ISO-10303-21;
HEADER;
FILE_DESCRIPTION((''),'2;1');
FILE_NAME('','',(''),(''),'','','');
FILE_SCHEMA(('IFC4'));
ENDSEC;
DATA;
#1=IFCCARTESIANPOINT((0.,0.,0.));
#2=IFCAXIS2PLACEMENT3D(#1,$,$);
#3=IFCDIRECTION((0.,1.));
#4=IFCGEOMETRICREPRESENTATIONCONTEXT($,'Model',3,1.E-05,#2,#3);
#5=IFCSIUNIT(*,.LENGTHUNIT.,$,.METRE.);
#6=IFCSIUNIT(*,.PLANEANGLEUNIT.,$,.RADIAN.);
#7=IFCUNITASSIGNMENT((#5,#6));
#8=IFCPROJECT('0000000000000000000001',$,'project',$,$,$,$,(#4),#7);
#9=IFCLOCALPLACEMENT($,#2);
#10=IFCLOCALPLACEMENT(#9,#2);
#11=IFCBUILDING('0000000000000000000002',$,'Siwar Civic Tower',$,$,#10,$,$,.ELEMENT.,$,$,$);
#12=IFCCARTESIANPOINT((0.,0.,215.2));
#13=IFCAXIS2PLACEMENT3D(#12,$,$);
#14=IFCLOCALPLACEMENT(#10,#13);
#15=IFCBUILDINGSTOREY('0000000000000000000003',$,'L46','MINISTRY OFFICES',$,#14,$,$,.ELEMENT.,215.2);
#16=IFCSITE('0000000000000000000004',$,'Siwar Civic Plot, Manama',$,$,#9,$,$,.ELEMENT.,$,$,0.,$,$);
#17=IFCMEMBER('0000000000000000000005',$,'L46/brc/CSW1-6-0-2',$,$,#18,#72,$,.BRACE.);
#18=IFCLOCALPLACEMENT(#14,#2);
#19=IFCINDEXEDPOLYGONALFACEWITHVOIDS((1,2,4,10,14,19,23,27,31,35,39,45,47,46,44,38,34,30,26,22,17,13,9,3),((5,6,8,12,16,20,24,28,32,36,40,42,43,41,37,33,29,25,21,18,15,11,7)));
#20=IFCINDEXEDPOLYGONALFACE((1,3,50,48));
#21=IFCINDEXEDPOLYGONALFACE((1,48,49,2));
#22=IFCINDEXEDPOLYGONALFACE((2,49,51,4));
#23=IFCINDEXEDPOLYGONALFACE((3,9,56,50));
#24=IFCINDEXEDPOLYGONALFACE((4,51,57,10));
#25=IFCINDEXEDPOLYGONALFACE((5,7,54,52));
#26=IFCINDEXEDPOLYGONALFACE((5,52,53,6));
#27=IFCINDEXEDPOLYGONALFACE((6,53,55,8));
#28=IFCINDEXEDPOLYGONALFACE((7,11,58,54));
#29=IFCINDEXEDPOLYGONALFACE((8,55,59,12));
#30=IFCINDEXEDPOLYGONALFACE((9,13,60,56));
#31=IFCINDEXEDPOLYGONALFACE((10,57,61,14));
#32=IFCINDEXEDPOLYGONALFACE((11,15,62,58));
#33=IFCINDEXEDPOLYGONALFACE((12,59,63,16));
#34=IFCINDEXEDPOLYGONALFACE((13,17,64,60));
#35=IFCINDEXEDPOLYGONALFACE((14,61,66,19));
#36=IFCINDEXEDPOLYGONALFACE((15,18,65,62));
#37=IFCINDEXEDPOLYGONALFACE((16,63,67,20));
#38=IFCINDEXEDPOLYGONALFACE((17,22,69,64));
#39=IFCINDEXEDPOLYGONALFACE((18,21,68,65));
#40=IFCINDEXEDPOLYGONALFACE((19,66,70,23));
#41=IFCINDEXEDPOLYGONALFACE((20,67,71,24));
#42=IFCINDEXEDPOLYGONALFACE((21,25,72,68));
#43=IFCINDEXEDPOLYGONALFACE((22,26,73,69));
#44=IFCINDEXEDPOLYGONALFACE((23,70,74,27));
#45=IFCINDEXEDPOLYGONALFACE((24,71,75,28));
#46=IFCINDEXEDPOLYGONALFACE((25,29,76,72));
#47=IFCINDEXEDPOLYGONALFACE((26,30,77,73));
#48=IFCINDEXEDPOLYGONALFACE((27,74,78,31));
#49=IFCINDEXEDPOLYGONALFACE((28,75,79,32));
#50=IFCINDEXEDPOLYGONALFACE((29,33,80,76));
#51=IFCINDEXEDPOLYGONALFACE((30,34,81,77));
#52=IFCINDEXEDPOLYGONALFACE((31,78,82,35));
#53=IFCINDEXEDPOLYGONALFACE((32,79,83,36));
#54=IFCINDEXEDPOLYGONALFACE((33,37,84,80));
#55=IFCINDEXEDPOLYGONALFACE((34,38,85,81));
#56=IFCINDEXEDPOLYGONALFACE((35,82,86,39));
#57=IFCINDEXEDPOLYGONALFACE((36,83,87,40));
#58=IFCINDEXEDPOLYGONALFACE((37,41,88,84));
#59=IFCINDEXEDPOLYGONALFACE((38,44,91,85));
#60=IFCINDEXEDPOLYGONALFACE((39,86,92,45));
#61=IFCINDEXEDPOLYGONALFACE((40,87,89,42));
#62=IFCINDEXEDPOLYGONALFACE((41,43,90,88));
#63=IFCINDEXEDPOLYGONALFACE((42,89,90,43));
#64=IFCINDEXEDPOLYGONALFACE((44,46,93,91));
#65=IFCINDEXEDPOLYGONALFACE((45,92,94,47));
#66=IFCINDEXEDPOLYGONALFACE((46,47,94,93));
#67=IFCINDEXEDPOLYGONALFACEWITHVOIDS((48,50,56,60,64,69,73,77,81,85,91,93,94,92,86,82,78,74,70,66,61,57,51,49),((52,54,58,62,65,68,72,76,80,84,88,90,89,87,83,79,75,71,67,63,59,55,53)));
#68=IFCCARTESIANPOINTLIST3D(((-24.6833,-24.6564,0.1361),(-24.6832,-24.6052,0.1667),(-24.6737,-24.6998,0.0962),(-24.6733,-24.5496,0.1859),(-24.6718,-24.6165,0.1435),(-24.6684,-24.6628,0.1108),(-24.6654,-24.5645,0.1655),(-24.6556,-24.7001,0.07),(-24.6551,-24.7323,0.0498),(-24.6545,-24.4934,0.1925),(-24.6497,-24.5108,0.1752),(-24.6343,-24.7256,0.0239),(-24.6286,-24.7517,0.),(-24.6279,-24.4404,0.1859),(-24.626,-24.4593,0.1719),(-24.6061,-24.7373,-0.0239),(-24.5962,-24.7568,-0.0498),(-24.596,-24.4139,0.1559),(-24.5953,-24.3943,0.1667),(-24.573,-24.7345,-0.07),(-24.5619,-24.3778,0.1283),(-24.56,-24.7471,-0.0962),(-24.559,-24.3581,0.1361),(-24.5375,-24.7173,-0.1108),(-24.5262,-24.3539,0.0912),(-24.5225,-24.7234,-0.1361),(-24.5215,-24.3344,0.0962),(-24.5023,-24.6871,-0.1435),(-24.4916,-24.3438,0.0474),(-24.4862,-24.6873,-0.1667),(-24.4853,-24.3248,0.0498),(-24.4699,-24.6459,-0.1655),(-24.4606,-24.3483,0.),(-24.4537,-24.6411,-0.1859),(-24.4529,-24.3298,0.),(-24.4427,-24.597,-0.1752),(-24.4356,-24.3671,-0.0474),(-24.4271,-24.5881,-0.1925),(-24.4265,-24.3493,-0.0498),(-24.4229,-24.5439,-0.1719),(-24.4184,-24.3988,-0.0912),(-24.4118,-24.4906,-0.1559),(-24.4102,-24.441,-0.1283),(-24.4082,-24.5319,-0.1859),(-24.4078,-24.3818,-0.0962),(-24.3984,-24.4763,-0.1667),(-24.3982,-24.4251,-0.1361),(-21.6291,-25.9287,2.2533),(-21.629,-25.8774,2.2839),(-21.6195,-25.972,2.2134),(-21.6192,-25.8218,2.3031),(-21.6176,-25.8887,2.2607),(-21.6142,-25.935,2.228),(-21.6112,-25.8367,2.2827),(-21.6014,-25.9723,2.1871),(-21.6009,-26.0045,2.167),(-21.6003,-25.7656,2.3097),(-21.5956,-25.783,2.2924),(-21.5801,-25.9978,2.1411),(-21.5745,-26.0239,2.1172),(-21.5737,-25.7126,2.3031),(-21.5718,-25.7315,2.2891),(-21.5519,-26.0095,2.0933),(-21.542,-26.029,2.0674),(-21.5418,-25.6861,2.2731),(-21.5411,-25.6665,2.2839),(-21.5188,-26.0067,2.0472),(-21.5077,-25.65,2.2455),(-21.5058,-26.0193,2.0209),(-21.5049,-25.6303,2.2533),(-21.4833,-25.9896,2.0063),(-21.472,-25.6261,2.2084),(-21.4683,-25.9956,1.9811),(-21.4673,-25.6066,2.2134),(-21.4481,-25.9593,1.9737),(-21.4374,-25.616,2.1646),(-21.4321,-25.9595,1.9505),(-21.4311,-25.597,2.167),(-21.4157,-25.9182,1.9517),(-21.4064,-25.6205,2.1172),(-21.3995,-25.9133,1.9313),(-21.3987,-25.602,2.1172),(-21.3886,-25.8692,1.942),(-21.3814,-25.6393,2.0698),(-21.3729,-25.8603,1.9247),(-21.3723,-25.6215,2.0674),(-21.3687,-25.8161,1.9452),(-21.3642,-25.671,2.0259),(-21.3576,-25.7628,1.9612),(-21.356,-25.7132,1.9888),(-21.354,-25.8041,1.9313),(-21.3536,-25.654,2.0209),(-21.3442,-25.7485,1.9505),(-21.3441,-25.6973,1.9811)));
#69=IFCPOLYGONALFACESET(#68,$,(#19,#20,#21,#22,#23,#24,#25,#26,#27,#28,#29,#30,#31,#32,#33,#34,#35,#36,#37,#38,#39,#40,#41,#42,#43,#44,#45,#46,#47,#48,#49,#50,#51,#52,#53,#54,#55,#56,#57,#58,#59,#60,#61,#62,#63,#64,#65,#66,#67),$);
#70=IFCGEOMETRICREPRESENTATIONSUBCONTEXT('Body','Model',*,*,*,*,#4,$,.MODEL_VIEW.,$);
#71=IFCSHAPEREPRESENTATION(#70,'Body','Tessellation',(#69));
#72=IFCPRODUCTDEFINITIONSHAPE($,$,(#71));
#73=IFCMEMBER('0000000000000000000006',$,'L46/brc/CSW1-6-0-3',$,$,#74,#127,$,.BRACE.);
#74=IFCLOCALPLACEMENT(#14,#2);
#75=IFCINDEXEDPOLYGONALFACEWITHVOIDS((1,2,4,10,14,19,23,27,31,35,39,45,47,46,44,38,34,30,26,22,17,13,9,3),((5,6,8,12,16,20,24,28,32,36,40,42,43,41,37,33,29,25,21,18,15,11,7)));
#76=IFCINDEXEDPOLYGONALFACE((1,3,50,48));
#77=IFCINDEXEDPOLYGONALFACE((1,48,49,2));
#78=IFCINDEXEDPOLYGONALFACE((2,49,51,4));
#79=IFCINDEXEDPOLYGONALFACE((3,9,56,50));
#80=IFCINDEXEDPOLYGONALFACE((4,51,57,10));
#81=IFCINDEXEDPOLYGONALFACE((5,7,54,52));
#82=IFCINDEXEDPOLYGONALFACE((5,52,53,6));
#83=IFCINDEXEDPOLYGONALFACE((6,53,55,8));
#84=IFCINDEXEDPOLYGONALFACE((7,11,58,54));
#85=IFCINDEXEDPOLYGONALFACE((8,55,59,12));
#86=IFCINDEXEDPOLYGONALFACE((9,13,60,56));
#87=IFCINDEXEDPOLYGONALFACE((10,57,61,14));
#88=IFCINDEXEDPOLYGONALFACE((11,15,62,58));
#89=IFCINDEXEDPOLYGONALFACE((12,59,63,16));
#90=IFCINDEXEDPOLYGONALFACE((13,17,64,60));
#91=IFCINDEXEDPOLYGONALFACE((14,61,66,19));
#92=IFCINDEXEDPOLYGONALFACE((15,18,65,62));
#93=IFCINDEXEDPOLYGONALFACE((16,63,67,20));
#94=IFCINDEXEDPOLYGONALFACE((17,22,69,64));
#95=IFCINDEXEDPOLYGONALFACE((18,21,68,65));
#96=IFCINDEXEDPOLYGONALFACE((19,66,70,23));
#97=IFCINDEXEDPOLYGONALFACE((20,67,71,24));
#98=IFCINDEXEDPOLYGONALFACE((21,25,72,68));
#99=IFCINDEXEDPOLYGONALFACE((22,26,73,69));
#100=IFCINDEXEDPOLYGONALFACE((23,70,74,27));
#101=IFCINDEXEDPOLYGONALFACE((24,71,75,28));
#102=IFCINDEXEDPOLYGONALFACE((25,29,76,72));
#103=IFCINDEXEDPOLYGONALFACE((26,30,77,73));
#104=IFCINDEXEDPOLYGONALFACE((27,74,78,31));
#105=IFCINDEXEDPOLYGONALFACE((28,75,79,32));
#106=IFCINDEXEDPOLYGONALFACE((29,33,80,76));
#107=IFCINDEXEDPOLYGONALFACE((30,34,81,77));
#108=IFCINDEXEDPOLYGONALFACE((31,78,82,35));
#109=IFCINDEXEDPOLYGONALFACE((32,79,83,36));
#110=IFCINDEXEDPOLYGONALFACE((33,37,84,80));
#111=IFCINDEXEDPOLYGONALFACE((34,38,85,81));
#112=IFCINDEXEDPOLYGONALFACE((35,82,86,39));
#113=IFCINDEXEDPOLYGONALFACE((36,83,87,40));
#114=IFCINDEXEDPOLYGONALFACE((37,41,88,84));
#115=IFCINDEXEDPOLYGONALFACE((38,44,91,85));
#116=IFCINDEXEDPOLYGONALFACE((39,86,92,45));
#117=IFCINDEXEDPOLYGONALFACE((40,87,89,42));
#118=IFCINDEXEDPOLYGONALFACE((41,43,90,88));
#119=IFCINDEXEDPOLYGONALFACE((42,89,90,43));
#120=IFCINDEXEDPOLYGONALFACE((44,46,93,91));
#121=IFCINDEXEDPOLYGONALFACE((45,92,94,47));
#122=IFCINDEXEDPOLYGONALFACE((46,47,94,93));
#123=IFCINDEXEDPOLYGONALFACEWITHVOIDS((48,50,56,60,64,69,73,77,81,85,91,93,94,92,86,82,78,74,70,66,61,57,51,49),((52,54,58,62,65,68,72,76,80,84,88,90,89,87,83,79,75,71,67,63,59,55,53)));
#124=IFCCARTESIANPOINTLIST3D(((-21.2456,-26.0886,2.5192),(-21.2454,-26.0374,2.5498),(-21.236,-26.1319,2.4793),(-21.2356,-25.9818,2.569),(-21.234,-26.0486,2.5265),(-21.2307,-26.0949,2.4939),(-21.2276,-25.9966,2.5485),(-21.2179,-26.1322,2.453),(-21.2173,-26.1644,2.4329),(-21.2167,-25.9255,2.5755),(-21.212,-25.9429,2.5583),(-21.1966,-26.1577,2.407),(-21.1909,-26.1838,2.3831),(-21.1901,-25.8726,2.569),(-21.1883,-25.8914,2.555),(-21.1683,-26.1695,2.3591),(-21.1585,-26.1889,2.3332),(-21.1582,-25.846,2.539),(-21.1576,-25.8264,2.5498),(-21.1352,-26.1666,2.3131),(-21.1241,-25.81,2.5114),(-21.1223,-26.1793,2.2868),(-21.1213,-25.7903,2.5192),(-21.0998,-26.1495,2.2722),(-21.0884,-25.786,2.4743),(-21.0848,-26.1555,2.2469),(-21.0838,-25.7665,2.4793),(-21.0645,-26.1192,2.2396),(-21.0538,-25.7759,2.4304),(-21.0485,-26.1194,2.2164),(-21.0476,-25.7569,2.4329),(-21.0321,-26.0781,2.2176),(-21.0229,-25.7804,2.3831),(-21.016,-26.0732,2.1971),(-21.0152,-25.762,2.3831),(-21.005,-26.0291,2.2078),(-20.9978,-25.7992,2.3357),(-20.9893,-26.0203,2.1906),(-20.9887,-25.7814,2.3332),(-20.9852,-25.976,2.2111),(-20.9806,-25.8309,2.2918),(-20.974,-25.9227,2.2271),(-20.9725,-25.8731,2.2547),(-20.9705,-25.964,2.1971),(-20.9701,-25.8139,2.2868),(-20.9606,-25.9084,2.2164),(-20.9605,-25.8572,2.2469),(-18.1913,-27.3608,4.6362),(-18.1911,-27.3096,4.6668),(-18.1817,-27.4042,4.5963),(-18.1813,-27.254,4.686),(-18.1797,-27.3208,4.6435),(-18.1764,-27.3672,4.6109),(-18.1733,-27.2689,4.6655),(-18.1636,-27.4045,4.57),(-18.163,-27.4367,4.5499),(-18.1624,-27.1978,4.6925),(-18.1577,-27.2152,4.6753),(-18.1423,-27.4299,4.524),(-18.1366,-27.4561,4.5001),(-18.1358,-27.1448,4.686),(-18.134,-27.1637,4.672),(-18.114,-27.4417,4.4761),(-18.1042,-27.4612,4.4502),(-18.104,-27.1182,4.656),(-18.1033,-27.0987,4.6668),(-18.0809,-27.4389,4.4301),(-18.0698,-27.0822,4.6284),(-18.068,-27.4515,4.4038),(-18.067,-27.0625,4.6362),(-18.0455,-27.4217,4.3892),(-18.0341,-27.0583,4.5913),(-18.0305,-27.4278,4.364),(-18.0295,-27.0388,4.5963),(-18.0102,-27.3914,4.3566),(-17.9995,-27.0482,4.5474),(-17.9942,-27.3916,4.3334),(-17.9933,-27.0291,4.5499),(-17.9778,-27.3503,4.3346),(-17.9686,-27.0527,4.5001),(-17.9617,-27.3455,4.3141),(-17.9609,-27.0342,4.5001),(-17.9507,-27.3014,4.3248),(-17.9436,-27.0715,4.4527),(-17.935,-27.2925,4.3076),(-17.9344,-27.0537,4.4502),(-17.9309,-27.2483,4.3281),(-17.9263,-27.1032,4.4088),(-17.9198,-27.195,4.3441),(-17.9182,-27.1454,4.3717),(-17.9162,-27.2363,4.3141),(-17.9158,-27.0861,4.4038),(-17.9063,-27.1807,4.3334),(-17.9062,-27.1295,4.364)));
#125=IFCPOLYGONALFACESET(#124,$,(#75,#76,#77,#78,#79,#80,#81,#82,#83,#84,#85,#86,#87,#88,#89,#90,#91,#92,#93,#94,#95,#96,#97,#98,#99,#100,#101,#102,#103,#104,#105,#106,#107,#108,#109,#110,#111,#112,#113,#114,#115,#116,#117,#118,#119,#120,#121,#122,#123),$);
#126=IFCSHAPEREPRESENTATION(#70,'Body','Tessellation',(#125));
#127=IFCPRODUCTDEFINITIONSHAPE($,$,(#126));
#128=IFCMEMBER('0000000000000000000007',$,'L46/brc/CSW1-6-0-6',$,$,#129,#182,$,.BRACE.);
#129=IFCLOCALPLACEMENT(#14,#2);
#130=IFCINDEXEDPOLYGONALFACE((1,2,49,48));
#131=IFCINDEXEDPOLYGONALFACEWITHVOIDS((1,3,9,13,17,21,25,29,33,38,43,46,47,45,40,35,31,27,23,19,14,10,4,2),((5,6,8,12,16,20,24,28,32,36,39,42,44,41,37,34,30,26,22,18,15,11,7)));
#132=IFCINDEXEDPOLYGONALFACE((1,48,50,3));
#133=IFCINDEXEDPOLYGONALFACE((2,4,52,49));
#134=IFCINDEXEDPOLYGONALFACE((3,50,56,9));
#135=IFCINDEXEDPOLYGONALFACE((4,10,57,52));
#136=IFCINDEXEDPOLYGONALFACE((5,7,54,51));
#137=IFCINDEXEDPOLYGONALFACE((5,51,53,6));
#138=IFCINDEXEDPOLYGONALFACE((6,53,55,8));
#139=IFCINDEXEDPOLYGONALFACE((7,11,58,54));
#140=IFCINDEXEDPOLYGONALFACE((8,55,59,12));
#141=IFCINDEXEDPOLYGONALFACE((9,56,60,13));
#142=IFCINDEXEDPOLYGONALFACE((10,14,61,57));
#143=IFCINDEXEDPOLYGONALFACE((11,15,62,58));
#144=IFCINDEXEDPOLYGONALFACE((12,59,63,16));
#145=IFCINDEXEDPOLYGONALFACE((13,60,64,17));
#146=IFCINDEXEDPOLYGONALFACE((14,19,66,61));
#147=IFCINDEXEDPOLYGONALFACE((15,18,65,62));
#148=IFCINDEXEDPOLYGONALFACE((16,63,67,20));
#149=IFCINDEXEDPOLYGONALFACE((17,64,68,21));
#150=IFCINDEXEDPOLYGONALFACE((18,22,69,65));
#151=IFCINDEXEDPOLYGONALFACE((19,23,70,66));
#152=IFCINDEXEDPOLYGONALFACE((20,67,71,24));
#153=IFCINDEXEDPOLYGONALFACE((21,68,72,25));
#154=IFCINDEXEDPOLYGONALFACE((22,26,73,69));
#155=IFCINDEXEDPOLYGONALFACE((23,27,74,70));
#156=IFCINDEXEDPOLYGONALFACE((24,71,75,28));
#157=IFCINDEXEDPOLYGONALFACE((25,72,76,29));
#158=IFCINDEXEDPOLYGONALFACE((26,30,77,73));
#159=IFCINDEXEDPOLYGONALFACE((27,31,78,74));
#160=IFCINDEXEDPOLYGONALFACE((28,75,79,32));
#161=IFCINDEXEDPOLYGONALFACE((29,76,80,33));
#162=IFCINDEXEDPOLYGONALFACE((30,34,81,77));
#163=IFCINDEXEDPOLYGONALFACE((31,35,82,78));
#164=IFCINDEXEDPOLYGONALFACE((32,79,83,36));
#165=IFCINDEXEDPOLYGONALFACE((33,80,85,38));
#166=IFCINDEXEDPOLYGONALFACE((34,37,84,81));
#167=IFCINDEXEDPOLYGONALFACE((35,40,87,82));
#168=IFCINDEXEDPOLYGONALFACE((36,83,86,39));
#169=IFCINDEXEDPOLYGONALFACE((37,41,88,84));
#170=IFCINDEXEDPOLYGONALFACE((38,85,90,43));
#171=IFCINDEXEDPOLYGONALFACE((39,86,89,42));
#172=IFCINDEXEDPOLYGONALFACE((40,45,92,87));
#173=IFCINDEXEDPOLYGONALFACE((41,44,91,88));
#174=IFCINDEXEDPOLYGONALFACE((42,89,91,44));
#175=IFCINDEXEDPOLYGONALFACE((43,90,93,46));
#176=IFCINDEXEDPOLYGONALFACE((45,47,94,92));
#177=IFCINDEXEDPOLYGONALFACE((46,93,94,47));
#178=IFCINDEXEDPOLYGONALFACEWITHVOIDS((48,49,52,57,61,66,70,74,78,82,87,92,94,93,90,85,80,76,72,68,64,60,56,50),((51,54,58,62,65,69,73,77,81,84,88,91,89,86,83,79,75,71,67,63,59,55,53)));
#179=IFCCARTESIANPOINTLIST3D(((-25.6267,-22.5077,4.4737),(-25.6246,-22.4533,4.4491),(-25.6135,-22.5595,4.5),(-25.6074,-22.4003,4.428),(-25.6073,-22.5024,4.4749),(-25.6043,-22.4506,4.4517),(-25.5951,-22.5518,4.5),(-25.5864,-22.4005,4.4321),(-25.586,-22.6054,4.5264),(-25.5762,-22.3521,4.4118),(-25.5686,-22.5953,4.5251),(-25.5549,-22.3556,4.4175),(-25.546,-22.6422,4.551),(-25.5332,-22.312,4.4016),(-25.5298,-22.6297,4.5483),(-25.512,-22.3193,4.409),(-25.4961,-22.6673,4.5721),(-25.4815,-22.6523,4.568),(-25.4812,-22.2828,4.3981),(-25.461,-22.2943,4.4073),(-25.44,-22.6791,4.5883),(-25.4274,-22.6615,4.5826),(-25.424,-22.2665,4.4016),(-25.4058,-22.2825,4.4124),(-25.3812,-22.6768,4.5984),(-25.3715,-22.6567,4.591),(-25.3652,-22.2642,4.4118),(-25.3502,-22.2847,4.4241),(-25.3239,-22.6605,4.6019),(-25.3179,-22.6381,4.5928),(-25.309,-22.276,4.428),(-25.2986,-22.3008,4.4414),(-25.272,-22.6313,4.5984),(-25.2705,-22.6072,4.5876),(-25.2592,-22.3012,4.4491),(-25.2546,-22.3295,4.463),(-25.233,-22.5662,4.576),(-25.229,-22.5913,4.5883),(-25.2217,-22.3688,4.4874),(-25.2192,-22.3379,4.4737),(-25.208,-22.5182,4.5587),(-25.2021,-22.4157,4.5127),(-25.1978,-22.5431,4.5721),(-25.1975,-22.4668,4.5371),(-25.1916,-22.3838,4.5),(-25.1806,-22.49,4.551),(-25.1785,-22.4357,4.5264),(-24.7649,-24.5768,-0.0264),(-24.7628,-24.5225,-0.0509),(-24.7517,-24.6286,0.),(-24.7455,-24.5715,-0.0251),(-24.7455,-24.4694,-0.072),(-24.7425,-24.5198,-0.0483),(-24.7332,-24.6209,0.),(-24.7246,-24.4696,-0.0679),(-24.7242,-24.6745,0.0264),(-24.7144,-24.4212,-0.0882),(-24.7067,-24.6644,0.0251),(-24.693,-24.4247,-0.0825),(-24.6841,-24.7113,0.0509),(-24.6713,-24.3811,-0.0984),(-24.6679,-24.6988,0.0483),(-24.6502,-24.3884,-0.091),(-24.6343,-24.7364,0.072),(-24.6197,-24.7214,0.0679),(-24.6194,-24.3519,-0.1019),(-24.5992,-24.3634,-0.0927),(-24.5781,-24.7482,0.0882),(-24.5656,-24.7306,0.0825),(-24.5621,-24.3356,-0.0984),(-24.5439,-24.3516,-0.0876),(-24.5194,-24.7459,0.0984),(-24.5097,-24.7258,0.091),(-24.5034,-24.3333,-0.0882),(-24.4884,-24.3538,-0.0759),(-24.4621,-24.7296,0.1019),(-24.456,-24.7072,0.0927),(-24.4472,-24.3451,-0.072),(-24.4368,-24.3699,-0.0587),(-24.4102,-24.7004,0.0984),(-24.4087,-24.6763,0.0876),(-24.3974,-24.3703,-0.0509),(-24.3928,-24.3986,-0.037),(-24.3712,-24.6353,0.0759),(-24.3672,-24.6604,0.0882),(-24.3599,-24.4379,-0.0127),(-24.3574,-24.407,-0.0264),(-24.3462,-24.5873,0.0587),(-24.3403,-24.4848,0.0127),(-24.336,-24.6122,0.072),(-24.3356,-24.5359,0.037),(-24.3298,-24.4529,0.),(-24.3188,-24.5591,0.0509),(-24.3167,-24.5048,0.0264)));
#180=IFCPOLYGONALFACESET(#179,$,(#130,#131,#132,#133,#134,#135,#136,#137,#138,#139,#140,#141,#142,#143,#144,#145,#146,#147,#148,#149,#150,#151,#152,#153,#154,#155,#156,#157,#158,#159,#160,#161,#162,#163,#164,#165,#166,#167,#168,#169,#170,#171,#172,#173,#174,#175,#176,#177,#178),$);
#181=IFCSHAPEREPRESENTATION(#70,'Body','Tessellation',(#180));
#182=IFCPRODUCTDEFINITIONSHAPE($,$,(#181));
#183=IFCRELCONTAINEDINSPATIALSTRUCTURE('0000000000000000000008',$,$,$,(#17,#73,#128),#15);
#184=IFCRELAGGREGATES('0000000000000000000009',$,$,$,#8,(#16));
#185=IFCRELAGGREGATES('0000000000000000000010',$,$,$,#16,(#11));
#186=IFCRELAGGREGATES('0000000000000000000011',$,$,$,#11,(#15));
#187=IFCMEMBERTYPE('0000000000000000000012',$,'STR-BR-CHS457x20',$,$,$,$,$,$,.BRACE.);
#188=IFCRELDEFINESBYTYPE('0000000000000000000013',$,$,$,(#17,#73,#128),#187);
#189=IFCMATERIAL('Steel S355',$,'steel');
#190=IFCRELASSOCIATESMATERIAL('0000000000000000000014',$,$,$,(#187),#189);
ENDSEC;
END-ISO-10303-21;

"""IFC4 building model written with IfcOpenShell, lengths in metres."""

from ifc_helpers import new_model, si_unit, direction, frame, origin, origin_2d, place, context, subcontext, project, spatial, hollow_circle, extrude, material, material_profile, profile_set, type_object, element, save


model = new_model("IFC4")

# Units and contexts
model_context = context("Model", 3, precision=1e-05, world=origin(), true_north=direction((0.0, 1.0)))
body_context = subcontext(model_context, "Body", "Model", "MODEL_VIEW")
ifc_project = project(units=[si_unit("LENGTHUNIT", "METRE"), si_unit("PLANEANGLEUNIT", "RADIAN")], contexts=[model_context])

# Site, building, storey
site_placement = place(None, origin())
site = spatial("IfcSite", under=ifc_project, at=site_placement, Name="Siwar Civic Plot, Manama", CompositionType="ELEMENT", RefElevation=0.0)
building_placement = place(site_placement, origin())
building = spatial("IfcBuilding", under=site, at=building_placement, Name="Siwar Civic Tower", CompositionType="ELEMENT")
storey_placement = place(building_placement, frame((0.0, 0.0, 215.2)))
storey = spatial("IfcBuildingStorey", under=building, at=storey_placement, Name="L46", Description="MINISTRY OFFICES", CompositionType="ELEMENT", Elevation=215.2)

# Members
ifc_material_1 = material(Name="Steel S355", Category="steel")
ifc_material_profile_1 = material_profile(ifc_material_1, hollow_circle(Radius=0.2285, WallThickness=0.02, at=origin_2d()), Name="CHS457x20")
ifc_profile_set_1 = profile_set([ifc_material_profile_1], Name="Steel S355")
member_type_1 = type_object("IfcMemberType", Name="STR-BR-CHS457x20", PredefinedType="BRACE", material=ifc_profile_set_1)
for number, where, z_axis, x_axis, name in (
    (1, (-24.5408, -24.5408, 0.0), (0.777546, -0.323884, 0.538999), (0.384521, 0.923116, 0.0), "L46/brc/CSW1-6-0-2"),
    (2, (-21.103, -25.9729, 2.3831), (0.777572, -0.323895, 0.538955), (0.384521, 0.923116, 0.0), "L46/brc/CSW1-6-0-3"),
):
    element("IfcMember", number, at=place(storey_placement, frame(where, z_axis=z_axis, x_axis=x_axis)), inside=storey, type_object=member_type_1, Name=name, PredefinedType="BRACE", context=body_context, shape_type="SweptSolid", body=[
        extrude(hollow_circle(Radius=0.2285, WallThickness=0.02, at=origin_2d()), origin(), (0.0, 0.0, 1.0), 3.928),
    ])
member_1_placement = place(storey_placement, frame((-24.5408, -24.5408, 0.0), z_axis=(-0.171427, 0.41157, 0.895111), x_axis=(-0.923125, -0.384499, 0.0)))
element("IfcMember", 3, at=member_1_placement, inside=storey, type_object=member_type_1, Name="L46/brc/CSW1-6-0-6", PredefinedType="BRACE", context=body_context, shape_type="SweptSolid", body=[
    extrude(hollow_circle(Radius=0.2285, WallThickness=0.02, at=origin_2d()), origin(), (0.0, 0.0, 1.0), 5.0273),
])

save(model, "model.ifc")
